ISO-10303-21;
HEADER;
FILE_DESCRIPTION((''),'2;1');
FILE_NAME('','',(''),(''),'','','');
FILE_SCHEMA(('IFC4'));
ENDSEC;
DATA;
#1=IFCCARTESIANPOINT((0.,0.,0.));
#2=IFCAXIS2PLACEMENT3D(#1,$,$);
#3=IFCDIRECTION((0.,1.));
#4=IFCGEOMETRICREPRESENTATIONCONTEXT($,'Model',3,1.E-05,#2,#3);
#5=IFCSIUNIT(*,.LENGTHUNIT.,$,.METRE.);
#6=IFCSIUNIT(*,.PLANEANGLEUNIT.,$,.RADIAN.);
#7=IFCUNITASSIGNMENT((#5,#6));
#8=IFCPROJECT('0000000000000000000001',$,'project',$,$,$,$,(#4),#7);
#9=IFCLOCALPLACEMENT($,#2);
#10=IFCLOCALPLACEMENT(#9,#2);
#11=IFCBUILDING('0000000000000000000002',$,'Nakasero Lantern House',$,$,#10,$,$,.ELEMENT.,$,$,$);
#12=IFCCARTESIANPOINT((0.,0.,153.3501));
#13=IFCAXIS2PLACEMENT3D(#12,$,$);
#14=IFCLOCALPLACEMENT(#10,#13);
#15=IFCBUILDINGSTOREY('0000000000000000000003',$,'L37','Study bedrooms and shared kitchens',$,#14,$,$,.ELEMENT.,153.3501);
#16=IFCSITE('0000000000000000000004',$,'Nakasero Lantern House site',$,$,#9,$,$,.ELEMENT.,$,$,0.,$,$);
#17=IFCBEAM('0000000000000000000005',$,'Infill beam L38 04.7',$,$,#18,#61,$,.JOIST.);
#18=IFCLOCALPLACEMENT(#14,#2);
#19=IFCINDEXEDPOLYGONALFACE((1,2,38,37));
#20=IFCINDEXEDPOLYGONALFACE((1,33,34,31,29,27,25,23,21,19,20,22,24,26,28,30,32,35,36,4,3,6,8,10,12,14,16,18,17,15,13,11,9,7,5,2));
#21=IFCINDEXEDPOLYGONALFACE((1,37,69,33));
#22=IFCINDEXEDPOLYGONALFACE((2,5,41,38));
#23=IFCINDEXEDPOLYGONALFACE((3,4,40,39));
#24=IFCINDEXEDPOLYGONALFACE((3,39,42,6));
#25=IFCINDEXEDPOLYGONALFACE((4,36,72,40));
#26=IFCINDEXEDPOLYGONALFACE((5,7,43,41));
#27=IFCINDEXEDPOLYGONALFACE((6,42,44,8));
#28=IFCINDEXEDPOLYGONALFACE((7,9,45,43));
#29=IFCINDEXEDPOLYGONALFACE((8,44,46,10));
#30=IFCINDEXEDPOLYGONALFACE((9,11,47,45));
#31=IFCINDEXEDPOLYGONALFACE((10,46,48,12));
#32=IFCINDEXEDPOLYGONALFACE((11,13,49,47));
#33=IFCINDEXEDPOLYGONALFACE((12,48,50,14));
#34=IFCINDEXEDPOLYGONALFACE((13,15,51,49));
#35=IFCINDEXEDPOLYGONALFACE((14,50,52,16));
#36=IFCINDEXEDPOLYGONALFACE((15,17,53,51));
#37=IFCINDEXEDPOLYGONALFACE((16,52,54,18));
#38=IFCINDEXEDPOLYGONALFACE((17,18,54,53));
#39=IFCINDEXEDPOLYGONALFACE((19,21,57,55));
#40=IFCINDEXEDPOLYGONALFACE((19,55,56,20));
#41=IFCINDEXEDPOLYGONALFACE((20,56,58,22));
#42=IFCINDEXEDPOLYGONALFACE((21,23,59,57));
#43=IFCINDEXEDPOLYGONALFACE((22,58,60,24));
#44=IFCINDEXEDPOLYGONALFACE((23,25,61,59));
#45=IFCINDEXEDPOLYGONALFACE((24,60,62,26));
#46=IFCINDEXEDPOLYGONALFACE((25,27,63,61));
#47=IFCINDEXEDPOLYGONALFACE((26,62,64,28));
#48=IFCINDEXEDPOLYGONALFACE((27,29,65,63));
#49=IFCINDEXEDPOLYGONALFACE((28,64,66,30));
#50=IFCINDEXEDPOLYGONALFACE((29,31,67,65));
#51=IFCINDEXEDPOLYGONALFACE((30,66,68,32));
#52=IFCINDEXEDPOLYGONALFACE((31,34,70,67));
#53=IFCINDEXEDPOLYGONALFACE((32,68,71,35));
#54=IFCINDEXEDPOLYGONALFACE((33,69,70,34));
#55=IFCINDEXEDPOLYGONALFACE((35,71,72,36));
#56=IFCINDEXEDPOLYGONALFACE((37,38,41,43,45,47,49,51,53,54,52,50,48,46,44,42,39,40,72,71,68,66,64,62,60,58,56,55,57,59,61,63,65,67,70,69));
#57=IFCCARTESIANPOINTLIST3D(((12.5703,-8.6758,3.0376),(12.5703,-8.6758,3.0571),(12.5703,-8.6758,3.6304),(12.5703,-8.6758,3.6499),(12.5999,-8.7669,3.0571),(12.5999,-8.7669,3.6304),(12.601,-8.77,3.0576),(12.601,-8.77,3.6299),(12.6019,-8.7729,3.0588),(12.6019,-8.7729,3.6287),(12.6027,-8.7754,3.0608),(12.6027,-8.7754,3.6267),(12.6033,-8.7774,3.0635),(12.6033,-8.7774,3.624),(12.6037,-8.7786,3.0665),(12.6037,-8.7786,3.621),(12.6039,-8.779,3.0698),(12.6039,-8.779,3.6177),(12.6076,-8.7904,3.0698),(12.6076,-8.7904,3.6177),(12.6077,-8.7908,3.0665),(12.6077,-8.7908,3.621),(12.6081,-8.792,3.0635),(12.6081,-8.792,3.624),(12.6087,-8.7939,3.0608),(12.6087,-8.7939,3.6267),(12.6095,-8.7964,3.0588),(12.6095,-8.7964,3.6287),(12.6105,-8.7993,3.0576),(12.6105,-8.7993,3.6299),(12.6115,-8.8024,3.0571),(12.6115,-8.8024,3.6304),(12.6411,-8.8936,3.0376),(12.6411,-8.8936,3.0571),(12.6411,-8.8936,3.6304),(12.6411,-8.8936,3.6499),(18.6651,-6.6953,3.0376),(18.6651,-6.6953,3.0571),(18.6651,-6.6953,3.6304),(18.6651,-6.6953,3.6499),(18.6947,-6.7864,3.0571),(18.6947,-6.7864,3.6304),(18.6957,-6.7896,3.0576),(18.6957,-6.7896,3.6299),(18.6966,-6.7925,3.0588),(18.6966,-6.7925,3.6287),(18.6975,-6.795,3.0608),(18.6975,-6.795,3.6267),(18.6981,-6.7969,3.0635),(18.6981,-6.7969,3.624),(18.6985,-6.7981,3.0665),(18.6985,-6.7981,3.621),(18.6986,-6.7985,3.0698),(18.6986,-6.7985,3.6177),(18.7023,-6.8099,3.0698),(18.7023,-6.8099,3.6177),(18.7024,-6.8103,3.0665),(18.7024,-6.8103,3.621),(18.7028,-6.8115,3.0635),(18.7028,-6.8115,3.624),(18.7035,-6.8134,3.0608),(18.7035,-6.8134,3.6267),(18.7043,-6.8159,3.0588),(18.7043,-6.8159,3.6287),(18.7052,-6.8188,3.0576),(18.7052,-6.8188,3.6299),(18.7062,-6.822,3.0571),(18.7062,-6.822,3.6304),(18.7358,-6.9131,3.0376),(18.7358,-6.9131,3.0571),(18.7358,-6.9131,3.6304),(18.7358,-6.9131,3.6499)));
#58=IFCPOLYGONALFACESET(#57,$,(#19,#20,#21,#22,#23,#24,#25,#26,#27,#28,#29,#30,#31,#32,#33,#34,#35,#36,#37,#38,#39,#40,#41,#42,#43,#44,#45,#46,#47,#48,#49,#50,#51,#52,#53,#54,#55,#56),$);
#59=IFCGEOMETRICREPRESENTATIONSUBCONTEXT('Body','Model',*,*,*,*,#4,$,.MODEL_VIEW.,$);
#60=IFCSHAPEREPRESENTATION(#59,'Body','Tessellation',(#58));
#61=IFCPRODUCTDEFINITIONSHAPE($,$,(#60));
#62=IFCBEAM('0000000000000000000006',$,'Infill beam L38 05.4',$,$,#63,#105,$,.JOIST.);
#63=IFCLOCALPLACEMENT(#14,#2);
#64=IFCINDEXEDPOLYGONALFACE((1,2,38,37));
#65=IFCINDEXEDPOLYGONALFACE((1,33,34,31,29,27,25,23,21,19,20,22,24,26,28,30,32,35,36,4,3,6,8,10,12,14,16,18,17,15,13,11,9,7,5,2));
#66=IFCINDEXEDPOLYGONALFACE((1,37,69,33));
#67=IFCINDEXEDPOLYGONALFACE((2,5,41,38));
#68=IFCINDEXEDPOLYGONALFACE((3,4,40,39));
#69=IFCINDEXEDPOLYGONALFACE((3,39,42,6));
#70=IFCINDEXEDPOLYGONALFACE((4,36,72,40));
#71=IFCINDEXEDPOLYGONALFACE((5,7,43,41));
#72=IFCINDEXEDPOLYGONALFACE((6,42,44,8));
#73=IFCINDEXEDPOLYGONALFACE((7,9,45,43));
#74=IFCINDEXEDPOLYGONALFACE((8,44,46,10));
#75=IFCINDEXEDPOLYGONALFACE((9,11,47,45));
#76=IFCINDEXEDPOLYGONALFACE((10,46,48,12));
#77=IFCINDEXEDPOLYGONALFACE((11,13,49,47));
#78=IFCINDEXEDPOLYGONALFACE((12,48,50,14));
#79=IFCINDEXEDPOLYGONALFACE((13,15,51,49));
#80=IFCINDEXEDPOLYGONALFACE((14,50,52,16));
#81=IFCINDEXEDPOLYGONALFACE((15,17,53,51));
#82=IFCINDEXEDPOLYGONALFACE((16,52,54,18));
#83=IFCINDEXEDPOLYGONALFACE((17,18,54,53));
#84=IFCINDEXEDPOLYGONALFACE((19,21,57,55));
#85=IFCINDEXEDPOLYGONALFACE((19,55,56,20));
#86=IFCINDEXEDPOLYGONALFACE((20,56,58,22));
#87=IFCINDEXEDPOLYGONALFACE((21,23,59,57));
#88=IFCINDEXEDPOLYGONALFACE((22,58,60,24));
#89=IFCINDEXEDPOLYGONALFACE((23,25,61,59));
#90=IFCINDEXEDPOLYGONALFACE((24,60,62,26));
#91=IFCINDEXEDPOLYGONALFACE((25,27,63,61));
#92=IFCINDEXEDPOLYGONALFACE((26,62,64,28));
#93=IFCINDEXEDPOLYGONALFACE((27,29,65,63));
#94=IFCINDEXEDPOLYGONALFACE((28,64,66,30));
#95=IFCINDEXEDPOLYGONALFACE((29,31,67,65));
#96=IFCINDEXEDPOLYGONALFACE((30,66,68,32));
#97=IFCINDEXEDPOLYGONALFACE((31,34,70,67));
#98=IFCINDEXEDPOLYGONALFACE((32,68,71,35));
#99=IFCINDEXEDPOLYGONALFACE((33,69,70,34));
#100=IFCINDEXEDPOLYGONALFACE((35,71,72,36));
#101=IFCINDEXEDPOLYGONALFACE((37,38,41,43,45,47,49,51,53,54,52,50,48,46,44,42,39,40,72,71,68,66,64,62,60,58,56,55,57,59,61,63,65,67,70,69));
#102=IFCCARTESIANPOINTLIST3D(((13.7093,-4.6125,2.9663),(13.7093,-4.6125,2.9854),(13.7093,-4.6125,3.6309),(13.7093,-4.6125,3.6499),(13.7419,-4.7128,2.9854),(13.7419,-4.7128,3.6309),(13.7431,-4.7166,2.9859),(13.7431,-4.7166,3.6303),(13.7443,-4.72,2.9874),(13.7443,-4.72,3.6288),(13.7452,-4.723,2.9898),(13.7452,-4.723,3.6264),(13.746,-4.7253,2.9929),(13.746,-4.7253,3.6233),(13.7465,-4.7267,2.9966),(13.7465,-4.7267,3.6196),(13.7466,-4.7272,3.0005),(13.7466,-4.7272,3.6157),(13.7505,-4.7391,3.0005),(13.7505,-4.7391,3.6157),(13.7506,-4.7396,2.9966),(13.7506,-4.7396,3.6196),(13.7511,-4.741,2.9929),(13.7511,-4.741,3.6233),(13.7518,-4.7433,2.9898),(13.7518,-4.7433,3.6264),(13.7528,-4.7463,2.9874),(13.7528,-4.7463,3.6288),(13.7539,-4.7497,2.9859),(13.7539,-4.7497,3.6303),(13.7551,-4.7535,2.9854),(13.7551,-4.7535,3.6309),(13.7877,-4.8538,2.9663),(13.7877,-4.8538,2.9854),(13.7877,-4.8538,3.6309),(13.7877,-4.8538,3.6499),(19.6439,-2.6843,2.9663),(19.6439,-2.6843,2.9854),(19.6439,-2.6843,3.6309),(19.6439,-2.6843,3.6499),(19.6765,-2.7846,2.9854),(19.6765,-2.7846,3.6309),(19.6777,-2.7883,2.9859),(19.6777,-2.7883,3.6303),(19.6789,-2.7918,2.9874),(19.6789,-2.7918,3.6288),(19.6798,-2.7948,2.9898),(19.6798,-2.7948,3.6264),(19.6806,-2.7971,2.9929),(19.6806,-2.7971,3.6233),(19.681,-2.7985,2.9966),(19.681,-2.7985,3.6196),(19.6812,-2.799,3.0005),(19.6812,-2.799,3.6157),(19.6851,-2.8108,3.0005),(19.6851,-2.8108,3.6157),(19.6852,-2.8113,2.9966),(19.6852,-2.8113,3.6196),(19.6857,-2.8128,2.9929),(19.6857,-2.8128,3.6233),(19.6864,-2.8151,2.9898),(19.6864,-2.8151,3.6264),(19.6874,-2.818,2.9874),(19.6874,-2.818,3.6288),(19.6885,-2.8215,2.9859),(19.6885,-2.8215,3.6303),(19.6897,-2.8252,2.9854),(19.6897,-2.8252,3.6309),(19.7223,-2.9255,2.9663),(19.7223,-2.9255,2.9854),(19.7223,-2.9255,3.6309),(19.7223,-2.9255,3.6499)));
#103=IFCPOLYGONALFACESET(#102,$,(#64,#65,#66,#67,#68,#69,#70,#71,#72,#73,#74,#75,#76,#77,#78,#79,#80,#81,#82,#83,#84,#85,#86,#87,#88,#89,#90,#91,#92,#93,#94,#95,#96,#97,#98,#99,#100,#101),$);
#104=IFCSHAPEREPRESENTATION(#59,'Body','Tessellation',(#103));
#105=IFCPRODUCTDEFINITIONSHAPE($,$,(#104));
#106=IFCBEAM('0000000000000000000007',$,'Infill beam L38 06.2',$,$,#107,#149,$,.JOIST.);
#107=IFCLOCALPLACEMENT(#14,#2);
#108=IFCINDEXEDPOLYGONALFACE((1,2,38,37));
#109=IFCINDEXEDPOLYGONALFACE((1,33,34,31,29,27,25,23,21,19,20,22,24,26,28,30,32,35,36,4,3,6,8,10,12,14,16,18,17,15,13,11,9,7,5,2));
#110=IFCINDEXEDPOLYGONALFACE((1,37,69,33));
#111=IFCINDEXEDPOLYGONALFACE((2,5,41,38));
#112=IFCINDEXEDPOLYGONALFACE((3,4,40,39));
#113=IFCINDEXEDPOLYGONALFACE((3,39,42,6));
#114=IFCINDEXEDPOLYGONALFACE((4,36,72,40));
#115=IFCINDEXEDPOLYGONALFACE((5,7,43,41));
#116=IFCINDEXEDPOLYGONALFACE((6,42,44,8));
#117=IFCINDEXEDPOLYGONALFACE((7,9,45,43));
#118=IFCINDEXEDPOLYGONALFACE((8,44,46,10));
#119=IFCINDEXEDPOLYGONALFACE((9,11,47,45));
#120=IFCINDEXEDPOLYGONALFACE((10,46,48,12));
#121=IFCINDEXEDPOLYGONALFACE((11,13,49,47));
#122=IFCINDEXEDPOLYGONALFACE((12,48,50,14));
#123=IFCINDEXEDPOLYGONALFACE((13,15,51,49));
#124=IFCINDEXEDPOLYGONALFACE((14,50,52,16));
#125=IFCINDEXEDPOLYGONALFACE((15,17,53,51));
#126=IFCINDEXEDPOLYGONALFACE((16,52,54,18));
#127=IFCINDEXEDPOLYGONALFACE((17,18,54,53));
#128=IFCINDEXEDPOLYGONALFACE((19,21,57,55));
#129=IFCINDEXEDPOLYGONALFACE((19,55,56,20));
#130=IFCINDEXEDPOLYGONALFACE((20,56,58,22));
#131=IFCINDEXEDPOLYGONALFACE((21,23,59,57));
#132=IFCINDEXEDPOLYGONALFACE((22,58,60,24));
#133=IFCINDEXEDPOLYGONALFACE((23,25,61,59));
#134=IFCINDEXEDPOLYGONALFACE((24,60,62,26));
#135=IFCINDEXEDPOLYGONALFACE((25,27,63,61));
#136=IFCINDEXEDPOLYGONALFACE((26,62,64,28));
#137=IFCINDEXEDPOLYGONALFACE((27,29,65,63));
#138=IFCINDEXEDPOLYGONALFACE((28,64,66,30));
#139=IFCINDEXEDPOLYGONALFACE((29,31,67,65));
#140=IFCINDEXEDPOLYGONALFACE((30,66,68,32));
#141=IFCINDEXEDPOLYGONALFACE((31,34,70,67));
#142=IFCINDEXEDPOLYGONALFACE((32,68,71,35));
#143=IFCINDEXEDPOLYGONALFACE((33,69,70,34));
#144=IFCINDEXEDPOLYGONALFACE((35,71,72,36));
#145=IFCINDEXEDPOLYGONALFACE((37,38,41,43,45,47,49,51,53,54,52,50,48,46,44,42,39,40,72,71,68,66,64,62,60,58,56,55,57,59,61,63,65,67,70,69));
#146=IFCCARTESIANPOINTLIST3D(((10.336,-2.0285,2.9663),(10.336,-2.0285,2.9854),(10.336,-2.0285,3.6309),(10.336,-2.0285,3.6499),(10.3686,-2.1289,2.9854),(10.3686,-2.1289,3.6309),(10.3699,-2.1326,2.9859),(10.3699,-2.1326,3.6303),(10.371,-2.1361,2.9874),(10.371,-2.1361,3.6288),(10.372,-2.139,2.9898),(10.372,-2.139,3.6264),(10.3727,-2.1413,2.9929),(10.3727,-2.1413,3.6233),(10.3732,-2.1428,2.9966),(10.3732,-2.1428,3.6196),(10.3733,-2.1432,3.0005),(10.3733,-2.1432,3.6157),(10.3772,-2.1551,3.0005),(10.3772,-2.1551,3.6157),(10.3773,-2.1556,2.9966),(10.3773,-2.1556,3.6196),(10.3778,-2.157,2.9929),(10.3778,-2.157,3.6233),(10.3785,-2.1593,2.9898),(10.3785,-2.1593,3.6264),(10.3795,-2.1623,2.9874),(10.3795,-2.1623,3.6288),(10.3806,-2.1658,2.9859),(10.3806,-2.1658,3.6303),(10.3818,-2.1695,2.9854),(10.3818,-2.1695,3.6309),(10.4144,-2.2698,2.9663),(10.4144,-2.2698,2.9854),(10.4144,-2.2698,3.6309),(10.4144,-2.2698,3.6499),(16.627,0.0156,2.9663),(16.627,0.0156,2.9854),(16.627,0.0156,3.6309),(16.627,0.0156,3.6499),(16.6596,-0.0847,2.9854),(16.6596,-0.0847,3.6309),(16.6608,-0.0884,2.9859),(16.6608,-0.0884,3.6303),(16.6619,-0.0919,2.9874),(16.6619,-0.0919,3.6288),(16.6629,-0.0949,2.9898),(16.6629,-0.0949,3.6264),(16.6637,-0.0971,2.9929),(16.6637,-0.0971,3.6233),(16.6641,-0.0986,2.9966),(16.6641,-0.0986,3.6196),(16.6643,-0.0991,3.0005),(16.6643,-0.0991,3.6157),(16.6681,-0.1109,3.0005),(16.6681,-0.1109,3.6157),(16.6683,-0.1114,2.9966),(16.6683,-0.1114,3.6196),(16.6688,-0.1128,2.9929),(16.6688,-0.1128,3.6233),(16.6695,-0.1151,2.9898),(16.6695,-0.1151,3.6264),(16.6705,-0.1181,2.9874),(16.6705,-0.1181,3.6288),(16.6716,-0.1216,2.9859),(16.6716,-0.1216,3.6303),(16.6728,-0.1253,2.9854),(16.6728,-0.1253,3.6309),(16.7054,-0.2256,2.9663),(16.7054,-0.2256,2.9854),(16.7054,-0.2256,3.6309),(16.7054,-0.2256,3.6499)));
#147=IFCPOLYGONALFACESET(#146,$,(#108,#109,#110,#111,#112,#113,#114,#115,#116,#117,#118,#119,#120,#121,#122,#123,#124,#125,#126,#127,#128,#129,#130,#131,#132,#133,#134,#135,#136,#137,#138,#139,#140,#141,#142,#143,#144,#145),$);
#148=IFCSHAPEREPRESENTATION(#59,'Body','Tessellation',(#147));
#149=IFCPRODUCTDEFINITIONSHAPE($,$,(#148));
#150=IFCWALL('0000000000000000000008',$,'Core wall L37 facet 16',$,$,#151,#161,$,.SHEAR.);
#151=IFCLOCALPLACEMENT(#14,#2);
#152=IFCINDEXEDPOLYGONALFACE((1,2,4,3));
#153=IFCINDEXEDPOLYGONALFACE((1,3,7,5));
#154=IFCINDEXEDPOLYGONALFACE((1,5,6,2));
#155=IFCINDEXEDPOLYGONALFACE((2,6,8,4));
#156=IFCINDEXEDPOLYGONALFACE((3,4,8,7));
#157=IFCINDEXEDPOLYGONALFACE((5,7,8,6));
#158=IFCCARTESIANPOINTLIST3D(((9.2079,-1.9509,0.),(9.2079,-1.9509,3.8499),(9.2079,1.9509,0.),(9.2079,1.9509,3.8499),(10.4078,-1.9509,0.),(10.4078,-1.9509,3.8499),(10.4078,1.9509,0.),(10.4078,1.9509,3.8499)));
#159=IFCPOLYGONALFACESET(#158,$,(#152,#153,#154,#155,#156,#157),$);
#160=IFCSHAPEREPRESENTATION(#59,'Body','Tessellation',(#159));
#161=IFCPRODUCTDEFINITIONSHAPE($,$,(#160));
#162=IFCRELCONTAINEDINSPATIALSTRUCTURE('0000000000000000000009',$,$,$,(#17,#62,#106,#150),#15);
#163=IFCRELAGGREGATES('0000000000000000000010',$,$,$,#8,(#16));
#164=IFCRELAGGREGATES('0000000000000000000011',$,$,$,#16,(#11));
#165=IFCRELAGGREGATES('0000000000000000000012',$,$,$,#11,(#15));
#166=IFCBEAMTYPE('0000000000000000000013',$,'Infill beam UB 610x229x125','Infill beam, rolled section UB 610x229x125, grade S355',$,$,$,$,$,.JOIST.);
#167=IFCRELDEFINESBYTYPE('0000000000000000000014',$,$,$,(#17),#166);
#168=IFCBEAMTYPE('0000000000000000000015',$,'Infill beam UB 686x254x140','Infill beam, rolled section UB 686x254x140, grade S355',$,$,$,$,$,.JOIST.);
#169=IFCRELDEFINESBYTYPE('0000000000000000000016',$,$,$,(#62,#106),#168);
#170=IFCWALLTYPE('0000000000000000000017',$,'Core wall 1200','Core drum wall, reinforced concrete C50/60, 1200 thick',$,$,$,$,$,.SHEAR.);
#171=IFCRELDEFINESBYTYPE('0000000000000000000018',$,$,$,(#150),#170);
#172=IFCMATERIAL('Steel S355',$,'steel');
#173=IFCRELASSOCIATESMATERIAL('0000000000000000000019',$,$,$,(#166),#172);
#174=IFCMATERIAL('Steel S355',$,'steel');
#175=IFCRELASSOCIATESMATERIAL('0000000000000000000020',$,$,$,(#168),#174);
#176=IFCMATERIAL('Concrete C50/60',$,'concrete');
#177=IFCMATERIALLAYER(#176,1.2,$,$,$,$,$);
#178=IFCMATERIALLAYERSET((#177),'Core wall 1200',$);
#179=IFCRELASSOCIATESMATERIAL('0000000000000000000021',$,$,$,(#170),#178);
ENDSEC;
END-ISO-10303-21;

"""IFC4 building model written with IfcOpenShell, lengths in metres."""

from ifc_helpers import new_model, si_unit, direction, frame, frame_2d, origin, origin_2d, place, context, subcontext, project, spatial, rectangle, i_section, extrude, material, layer, layer_set, material_profile, profile_set, type_object, element, save


model = new_model("IFC4")

# Units and contexts
model_context = context("Model", 3, precision=1e-05, world=origin(), true_north=direction((0.0, 1.0)))
body_context = subcontext(model_context, "Body", "Model", "MODEL_VIEW")
ifc_project = project(units=[si_unit("LENGTHUNIT", "METRE"), si_unit("PLANEANGLEUNIT", "RADIAN")], contexts=[model_context])

# Site, building, storey
site_placement = place(None, origin())
site = spatial("IfcSite", under=ifc_project, at=site_placement, Name="Nakasero Lantern House site", CompositionType="ELEMENT", RefElevation=0.0)
building_placement = place(site_placement, origin())
building = spatial("IfcBuilding", under=site, at=building_placement, Name="Nakasero Lantern House", CompositionType="ELEMENT")
storey_placement = place(building_placement, frame((0.0, 0.0, 153.3501)))
storey = spatial("IfcBuildingStorey", under=building, at=storey_placement, Name="L37", Description="Study bedrooms and shared kitchens", CompositionType="ELEMENT", Elevation=153.3501)

# Beams
ifc_material_1 = material(Name="Steel S355", Category="steel")
ifc_material_profile_1 = material_profile(ifc_material_1, i_section(OverallWidth=0.229, OverallDepth=0.6123, WebThickness=0.012, FlangeThickness=0.0195, FilletRadius=0.0127, at=origin_2d()), Name="UB 610x229x125")
ifc_profile_set_1 = profile_set([ifc_material_profile_1], Name="Steel S355")
beam_type_1 = type_object("IfcBeamType", Name="Infill beam UB 610x229x125", Description="Infill beam, rolled section UB 610x229x125, grade S355", PredefinedType="JOIST", material=ifc_profile_set_1)
beam_1_placement = place(storey_placement, frame((12.6057, -8.7847, 3.3438), z_axis=(0.951049, 0.309041, 0.0), x_axis=(-0.309041, 0.951049, 0.0)))
element("IfcBeam", 1, at=beam_1_placement, inside=storey, type_object=beam_type_1, Name="Infill beam L38 04.7", PredefinedType="JOIST", context=body_context, shape_type="SweptSolid", body=[
    extrude(i_section(OverallWidth=0.229, OverallDepth=0.6123, WebThickness=0.012, FlangeThickness=0.0195, FilletRadius=0.0127, at=origin_2d()), origin(), (0.0, 0.0, 1.0), 6.4084),
])
ifc_material_2 = material(Name="Steel S355", Category="steel")
ifc_material_profile_2 = material_profile(ifc_material_2, i_section(OverallWidth=0.2537, OverallDepth=0.6836, WebThickness=0.0125, FlangeThickness=0.019, FilletRadius=0.0151, at=origin_2d()), Name="UB 686x254x140")
ifc_profile_set_2 = profile_set([ifc_material_profile_2], Name="Steel S355")
beam_type_2 = type_object("IfcBeamType", Name="Infill beam UB 686x254x140", Description="Infill beam, rolled section UB 686x254x140, grade S355", PredefinedType="JOIST", material=ifc_profile_set_2)
beam_2_placement = place(storey_placement, frame((13.7485, -4.7332, 3.3081), z_axis=(0.951058, 0.309012, 0.0), x_axis=(-0.309012, 0.951058, 0.0)))
element("IfcBeam", 2, at=beam_2_placement, inside=storey, type_object=beam_type_2, Name="Infill beam L38 05.4", PredefinedType="JOIST", context=body_context, shape_type="SweptSolid", body=[
    extrude(i_section(OverallWidth=0.2537, OverallDepth=0.6836, WebThickness=0.0125, FlangeThickness=0.019, FilletRadius=0.0151, at=origin_2d()), origin(), (0.0, 0.0, 1.0), 6.24),
])
beam_3_placement = place(storey_placement, frame((10.3752, -2.1492, 3.3081), z_axis=(0.951051, 0.309033, 0.0), x_axis=(-0.309033, 0.951051, 0.0)))
element("IfcBeam", 3, at=beam_3_placement, inside=storey, type_object=beam_type_2, Name="Infill beam L38 06.2", PredefinedType="JOIST", context=body_context, shape_type="SweptSolid", body=[
    extrude(i_section(OverallWidth=0.2537, OverallDepth=0.6836, WebThickness=0.0125, FlangeThickness=0.019, FilletRadius=0.0151, at=origin_2d()), origin(), (0.0, 0.0, 1.0), 6.6147),
])

# Wall
ifc_material_3 = material(Name="Concrete C50/60", Category="concrete")
ifc_layer_1 = layer(ifc_material_3, 1.2)
ifc_layer_set_1 = layer_set([ifc_layer_1], Name="Core wall 1200")
wall_type_1 = type_object("IfcWallType", Name="Core wall 1200", Description="Core drum wall, reinforced concrete C50/60, 1200 thick", PredefinedType="SHEAR", material=ifc_layer_set_1)
wall_1_placement = place(storey_placement, frame((9.8079, -1.9509, 0.0), z_axis=(0.0, 0.0, 1.0), x_axis=(0.0, 1.0, 0.0)))
element("IfcWall", 4, at=wall_1_placement, inside=storey, type_object=wall_type_1, Name="Core wall L37 facet 16", PredefinedType="SHEAR", context=body_context, shape_type="SweptSolid", body=[
    extrude(rectangle(XDim=3.9019, YDim=1.2, at=frame_2d((1.9509, 0.0))), origin(), (0.0, 0.0, 1.0), 3.8499),
])

save(model, "model.ifc")
